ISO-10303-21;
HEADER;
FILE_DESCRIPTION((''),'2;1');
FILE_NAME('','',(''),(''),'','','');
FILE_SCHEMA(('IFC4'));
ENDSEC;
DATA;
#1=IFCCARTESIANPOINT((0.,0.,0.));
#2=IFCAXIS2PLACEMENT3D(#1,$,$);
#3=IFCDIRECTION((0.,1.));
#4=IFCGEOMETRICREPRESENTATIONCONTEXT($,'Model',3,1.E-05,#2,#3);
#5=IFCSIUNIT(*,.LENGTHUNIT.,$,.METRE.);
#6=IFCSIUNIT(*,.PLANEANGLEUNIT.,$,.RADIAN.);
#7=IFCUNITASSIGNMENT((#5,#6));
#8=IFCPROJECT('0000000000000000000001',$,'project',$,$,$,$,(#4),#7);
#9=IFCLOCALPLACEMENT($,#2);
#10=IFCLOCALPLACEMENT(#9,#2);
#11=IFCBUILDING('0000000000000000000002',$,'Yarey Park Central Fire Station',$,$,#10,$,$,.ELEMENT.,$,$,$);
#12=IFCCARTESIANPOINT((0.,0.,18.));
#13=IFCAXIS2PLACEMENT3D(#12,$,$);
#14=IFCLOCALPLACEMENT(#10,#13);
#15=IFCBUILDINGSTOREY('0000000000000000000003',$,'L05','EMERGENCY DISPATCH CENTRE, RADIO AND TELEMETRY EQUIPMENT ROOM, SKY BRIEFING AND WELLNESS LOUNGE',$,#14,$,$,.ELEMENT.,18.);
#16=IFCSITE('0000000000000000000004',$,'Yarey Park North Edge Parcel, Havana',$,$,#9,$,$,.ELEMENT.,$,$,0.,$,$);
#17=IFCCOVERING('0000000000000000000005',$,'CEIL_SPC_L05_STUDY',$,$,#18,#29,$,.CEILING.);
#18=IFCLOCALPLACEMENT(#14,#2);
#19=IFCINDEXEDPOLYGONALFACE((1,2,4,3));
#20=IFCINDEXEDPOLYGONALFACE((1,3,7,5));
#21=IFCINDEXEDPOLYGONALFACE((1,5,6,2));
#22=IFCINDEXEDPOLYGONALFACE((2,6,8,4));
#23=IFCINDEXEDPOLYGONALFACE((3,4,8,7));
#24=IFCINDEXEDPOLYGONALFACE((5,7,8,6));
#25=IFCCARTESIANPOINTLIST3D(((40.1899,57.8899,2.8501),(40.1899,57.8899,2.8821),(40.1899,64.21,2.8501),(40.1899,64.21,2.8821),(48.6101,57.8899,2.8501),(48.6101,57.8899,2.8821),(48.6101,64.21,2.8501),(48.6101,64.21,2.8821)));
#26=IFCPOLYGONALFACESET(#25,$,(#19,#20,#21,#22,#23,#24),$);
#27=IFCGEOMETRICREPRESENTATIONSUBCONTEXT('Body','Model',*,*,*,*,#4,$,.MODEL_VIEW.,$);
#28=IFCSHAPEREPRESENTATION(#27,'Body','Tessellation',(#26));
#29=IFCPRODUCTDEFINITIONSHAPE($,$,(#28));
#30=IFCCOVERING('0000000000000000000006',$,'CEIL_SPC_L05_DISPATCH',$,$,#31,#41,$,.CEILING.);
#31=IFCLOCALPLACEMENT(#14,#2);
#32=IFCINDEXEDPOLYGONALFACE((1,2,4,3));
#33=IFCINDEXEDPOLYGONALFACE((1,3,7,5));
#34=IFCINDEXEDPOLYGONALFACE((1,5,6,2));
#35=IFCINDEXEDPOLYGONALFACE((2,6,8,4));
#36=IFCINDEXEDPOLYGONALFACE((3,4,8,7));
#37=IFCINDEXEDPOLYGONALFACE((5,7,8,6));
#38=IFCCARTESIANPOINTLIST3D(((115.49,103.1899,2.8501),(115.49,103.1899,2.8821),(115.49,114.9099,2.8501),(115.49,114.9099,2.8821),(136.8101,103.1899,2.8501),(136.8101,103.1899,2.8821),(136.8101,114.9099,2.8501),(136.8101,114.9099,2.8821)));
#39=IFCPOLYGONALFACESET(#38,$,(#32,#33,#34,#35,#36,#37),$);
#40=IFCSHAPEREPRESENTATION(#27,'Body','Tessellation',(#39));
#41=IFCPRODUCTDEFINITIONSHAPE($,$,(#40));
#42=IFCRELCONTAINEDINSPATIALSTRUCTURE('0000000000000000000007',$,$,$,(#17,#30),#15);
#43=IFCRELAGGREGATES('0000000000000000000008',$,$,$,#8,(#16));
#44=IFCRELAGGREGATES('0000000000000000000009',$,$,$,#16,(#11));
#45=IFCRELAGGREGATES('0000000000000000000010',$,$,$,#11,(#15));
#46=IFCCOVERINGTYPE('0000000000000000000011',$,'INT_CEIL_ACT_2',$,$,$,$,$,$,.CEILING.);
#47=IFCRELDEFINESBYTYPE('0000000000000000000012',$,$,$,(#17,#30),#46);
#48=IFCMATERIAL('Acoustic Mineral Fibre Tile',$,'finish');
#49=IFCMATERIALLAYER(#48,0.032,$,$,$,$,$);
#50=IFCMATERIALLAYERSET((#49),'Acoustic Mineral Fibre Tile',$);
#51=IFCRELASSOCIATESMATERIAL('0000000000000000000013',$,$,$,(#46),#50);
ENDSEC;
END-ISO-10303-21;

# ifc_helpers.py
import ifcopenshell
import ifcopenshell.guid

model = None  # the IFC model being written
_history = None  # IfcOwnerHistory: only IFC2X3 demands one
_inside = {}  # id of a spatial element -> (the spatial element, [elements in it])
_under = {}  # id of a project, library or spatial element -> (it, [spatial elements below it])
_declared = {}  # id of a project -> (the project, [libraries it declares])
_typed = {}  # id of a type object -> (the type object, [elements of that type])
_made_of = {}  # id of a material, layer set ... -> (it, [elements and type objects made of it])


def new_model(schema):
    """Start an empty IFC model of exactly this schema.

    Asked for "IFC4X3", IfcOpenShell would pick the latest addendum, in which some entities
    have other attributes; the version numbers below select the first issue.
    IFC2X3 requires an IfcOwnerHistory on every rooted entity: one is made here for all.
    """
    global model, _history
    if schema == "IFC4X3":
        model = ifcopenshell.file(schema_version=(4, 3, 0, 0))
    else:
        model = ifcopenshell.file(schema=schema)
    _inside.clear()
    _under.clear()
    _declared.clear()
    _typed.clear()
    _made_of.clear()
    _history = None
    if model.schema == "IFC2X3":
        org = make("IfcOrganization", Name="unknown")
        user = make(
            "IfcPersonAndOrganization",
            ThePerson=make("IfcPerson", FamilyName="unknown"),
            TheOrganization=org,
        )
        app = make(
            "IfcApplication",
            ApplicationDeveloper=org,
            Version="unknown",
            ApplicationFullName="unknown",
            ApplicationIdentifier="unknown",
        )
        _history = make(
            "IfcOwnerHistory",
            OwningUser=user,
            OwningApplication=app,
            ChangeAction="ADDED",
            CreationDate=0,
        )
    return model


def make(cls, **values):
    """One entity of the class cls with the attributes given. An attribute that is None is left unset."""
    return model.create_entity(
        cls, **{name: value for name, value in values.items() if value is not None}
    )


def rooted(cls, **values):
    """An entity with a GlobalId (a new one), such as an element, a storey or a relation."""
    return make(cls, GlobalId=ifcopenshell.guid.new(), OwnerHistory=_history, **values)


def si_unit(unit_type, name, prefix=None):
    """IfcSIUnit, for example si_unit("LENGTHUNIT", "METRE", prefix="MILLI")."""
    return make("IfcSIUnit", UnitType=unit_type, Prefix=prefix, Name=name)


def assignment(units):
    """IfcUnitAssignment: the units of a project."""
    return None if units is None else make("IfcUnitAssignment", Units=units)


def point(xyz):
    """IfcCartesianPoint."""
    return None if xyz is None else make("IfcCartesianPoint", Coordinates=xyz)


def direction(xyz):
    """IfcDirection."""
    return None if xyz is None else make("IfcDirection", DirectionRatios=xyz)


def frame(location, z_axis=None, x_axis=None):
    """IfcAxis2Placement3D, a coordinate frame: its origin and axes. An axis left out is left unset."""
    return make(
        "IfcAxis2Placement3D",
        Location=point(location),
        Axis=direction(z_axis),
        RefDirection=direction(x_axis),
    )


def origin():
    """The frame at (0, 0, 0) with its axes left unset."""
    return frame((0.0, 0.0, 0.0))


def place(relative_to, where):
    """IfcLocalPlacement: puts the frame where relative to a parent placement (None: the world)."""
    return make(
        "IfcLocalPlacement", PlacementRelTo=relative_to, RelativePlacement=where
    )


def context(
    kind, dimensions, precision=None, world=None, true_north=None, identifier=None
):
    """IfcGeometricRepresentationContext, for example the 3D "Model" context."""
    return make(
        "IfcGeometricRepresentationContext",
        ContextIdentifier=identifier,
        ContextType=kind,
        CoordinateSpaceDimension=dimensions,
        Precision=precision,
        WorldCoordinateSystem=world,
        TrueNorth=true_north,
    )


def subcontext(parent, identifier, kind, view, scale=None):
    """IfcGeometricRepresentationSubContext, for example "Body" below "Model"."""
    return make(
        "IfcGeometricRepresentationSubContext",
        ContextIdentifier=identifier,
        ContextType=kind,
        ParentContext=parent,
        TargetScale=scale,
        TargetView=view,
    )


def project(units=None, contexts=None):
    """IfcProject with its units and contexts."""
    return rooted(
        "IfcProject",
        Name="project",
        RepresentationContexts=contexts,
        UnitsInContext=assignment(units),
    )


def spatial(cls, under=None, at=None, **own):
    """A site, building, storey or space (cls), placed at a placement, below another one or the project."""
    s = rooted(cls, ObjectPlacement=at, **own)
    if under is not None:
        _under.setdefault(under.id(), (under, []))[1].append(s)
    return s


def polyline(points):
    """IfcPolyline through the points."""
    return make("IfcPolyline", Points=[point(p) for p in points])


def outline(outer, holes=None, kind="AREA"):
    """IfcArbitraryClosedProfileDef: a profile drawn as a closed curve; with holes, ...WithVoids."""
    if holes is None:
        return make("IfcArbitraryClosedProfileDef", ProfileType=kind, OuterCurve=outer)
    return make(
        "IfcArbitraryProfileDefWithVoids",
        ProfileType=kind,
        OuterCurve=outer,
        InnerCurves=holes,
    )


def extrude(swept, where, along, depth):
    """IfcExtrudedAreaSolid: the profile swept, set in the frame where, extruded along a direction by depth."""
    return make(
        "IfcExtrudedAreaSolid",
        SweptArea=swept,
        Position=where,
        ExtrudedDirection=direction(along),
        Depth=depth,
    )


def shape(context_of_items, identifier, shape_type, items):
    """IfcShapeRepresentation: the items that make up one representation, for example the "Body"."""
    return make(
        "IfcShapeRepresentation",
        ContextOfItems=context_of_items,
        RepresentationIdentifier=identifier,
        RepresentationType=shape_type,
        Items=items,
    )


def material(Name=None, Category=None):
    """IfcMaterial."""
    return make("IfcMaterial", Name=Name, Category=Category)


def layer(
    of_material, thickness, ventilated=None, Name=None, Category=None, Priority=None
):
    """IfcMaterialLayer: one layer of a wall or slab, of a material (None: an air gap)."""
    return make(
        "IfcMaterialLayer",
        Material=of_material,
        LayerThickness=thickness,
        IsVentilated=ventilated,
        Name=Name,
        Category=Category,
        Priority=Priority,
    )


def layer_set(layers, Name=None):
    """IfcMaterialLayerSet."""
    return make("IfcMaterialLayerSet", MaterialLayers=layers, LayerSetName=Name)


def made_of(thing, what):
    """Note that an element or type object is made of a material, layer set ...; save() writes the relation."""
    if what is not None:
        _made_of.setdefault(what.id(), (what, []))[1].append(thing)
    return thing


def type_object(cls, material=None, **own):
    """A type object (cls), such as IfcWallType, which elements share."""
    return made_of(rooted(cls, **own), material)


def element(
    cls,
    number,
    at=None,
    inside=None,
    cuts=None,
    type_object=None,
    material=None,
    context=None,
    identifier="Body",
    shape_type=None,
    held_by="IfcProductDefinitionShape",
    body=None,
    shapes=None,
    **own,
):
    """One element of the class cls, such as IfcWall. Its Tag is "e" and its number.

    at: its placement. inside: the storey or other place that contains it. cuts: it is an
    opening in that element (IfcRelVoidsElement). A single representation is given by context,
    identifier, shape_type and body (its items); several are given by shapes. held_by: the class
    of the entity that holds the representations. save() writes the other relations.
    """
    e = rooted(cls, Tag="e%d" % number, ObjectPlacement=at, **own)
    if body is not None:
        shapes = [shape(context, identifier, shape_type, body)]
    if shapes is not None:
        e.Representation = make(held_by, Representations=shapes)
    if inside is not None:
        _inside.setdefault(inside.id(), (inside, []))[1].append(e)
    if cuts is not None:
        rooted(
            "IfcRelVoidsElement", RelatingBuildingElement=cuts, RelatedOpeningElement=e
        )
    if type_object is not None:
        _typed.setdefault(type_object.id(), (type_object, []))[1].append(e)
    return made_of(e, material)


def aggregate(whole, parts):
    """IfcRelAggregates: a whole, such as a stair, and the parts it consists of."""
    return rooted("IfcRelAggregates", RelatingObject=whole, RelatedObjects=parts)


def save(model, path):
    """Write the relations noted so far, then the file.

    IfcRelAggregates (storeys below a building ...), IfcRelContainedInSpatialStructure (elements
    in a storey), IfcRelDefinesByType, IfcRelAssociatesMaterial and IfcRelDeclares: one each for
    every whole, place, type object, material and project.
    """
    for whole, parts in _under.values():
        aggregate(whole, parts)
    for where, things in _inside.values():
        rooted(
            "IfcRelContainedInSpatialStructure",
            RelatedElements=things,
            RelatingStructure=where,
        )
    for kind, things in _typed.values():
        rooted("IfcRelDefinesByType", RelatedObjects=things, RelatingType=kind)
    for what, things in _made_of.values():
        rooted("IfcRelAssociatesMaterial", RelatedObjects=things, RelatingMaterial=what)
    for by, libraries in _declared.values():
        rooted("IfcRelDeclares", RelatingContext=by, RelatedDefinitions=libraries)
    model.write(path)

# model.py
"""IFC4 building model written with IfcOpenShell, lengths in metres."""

from ifc_helpers import new_model, si_unit, direction, frame, origin, place, context, subcontext, project, spatial, polyline, outline, extrude, material, layer, layer_set, type_object, element, save


model = new_model("IFC4")

# Units and contexts
model_context = context("Model", 3, precision=1e-05, world=origin(), true_north=direction((0.0, 1.0)))
body_context = subcontext(model_context, "Body", "Model", "MODEL_VIEW")
ifc_project = project(units=[si_unit("LENGTHUNIT", "METRE"), si_unit("PLANEANGLEUNIT", "RADIAN")], contexts=[model_context])

# Site, building, storey
site_placement = place(None, origin())
site = spatial("IfcSite", under=ifc_project, at=site_placement, Name="Yarey Park North Edge Parcel, Havana", CompositionType="ELEMENT", RefElevation=0.0)
building_placement = place(site_placement, origin())
building = spatial("IfcBuilding", under=site, at=building_placement, Name="Yarey Park Central Fire Station", CompositionType="ELEMENT")
storey_placement = place(building_placement, frame((0.0, 0.0, 18.0)))
storey = spatial("IfcBuildingStorey", under=building, at=storey_placement, Name="L05", Description="EMERGENCY DISPATCH CENTRE, RADIO AND TELEMETRY EQUIPMENT ROOM, SKY BRIEFING AND WELLNESS LOUNGE", CompositionType="ELEMENT", Elevation=18.0)

# Coverings
ifc_material_1 = material(Name="Acoustic Mineral Fibre Tile", Category="finish")
ifc_layer_1 = layer(ifc_material_1, 0.032)
ifc_layer_set_1 = layer_set([ifc_layer_1], Name="Acoustic Mineral Fibre Tile")
covering_type_1 = type_object("IfcCoveringType", Name="INT_CEIL_ACT_2", PredefinedType="CEILING", material=ifc_layer_set_1)
covering_1_placement = place(storey_placement, frame((0.0, 0.0, 2.8501)))
element("IfcCovering", 1, at=covering_1_placement, inside=storey, type_object=covering_type_1, Name="CEIL_SPC_L05_STUDY", PredefinedType="CEILING", context=body_context, shape_type="SweptSolid", body=[
    extrude(outline(polyline([(40.1899, 57.8899), (48.6101, 57.8899), (48.6101, 64.21), (40.1899, 64.21), (40.1899, 57.8899)])), origin(), (0.0, 0.0, 1.0), 0.032),
])
covering_2_placement = place(storey_placement, frame((0.0, 0.0, 2.8501)))
element("IfcCovering", 2, at=covering_2_placement, inside=storey, type_object=covering_type_1, Name="CEIL_SPC_L05_DISPATCH", PredefinedType="CEILING", context=body_context, shape_type="SweptSolid", body=[
    extrude(outline(polyline([(115.49, 103.1899), (136.8101, 103.1899), (136.8101, 114.9099), (115.49, 114.9099), (115.49, 103.1899)])), origin(), (0.0, 0.0, 1.0), 0.032),
])

save(model, "model.ifc")
